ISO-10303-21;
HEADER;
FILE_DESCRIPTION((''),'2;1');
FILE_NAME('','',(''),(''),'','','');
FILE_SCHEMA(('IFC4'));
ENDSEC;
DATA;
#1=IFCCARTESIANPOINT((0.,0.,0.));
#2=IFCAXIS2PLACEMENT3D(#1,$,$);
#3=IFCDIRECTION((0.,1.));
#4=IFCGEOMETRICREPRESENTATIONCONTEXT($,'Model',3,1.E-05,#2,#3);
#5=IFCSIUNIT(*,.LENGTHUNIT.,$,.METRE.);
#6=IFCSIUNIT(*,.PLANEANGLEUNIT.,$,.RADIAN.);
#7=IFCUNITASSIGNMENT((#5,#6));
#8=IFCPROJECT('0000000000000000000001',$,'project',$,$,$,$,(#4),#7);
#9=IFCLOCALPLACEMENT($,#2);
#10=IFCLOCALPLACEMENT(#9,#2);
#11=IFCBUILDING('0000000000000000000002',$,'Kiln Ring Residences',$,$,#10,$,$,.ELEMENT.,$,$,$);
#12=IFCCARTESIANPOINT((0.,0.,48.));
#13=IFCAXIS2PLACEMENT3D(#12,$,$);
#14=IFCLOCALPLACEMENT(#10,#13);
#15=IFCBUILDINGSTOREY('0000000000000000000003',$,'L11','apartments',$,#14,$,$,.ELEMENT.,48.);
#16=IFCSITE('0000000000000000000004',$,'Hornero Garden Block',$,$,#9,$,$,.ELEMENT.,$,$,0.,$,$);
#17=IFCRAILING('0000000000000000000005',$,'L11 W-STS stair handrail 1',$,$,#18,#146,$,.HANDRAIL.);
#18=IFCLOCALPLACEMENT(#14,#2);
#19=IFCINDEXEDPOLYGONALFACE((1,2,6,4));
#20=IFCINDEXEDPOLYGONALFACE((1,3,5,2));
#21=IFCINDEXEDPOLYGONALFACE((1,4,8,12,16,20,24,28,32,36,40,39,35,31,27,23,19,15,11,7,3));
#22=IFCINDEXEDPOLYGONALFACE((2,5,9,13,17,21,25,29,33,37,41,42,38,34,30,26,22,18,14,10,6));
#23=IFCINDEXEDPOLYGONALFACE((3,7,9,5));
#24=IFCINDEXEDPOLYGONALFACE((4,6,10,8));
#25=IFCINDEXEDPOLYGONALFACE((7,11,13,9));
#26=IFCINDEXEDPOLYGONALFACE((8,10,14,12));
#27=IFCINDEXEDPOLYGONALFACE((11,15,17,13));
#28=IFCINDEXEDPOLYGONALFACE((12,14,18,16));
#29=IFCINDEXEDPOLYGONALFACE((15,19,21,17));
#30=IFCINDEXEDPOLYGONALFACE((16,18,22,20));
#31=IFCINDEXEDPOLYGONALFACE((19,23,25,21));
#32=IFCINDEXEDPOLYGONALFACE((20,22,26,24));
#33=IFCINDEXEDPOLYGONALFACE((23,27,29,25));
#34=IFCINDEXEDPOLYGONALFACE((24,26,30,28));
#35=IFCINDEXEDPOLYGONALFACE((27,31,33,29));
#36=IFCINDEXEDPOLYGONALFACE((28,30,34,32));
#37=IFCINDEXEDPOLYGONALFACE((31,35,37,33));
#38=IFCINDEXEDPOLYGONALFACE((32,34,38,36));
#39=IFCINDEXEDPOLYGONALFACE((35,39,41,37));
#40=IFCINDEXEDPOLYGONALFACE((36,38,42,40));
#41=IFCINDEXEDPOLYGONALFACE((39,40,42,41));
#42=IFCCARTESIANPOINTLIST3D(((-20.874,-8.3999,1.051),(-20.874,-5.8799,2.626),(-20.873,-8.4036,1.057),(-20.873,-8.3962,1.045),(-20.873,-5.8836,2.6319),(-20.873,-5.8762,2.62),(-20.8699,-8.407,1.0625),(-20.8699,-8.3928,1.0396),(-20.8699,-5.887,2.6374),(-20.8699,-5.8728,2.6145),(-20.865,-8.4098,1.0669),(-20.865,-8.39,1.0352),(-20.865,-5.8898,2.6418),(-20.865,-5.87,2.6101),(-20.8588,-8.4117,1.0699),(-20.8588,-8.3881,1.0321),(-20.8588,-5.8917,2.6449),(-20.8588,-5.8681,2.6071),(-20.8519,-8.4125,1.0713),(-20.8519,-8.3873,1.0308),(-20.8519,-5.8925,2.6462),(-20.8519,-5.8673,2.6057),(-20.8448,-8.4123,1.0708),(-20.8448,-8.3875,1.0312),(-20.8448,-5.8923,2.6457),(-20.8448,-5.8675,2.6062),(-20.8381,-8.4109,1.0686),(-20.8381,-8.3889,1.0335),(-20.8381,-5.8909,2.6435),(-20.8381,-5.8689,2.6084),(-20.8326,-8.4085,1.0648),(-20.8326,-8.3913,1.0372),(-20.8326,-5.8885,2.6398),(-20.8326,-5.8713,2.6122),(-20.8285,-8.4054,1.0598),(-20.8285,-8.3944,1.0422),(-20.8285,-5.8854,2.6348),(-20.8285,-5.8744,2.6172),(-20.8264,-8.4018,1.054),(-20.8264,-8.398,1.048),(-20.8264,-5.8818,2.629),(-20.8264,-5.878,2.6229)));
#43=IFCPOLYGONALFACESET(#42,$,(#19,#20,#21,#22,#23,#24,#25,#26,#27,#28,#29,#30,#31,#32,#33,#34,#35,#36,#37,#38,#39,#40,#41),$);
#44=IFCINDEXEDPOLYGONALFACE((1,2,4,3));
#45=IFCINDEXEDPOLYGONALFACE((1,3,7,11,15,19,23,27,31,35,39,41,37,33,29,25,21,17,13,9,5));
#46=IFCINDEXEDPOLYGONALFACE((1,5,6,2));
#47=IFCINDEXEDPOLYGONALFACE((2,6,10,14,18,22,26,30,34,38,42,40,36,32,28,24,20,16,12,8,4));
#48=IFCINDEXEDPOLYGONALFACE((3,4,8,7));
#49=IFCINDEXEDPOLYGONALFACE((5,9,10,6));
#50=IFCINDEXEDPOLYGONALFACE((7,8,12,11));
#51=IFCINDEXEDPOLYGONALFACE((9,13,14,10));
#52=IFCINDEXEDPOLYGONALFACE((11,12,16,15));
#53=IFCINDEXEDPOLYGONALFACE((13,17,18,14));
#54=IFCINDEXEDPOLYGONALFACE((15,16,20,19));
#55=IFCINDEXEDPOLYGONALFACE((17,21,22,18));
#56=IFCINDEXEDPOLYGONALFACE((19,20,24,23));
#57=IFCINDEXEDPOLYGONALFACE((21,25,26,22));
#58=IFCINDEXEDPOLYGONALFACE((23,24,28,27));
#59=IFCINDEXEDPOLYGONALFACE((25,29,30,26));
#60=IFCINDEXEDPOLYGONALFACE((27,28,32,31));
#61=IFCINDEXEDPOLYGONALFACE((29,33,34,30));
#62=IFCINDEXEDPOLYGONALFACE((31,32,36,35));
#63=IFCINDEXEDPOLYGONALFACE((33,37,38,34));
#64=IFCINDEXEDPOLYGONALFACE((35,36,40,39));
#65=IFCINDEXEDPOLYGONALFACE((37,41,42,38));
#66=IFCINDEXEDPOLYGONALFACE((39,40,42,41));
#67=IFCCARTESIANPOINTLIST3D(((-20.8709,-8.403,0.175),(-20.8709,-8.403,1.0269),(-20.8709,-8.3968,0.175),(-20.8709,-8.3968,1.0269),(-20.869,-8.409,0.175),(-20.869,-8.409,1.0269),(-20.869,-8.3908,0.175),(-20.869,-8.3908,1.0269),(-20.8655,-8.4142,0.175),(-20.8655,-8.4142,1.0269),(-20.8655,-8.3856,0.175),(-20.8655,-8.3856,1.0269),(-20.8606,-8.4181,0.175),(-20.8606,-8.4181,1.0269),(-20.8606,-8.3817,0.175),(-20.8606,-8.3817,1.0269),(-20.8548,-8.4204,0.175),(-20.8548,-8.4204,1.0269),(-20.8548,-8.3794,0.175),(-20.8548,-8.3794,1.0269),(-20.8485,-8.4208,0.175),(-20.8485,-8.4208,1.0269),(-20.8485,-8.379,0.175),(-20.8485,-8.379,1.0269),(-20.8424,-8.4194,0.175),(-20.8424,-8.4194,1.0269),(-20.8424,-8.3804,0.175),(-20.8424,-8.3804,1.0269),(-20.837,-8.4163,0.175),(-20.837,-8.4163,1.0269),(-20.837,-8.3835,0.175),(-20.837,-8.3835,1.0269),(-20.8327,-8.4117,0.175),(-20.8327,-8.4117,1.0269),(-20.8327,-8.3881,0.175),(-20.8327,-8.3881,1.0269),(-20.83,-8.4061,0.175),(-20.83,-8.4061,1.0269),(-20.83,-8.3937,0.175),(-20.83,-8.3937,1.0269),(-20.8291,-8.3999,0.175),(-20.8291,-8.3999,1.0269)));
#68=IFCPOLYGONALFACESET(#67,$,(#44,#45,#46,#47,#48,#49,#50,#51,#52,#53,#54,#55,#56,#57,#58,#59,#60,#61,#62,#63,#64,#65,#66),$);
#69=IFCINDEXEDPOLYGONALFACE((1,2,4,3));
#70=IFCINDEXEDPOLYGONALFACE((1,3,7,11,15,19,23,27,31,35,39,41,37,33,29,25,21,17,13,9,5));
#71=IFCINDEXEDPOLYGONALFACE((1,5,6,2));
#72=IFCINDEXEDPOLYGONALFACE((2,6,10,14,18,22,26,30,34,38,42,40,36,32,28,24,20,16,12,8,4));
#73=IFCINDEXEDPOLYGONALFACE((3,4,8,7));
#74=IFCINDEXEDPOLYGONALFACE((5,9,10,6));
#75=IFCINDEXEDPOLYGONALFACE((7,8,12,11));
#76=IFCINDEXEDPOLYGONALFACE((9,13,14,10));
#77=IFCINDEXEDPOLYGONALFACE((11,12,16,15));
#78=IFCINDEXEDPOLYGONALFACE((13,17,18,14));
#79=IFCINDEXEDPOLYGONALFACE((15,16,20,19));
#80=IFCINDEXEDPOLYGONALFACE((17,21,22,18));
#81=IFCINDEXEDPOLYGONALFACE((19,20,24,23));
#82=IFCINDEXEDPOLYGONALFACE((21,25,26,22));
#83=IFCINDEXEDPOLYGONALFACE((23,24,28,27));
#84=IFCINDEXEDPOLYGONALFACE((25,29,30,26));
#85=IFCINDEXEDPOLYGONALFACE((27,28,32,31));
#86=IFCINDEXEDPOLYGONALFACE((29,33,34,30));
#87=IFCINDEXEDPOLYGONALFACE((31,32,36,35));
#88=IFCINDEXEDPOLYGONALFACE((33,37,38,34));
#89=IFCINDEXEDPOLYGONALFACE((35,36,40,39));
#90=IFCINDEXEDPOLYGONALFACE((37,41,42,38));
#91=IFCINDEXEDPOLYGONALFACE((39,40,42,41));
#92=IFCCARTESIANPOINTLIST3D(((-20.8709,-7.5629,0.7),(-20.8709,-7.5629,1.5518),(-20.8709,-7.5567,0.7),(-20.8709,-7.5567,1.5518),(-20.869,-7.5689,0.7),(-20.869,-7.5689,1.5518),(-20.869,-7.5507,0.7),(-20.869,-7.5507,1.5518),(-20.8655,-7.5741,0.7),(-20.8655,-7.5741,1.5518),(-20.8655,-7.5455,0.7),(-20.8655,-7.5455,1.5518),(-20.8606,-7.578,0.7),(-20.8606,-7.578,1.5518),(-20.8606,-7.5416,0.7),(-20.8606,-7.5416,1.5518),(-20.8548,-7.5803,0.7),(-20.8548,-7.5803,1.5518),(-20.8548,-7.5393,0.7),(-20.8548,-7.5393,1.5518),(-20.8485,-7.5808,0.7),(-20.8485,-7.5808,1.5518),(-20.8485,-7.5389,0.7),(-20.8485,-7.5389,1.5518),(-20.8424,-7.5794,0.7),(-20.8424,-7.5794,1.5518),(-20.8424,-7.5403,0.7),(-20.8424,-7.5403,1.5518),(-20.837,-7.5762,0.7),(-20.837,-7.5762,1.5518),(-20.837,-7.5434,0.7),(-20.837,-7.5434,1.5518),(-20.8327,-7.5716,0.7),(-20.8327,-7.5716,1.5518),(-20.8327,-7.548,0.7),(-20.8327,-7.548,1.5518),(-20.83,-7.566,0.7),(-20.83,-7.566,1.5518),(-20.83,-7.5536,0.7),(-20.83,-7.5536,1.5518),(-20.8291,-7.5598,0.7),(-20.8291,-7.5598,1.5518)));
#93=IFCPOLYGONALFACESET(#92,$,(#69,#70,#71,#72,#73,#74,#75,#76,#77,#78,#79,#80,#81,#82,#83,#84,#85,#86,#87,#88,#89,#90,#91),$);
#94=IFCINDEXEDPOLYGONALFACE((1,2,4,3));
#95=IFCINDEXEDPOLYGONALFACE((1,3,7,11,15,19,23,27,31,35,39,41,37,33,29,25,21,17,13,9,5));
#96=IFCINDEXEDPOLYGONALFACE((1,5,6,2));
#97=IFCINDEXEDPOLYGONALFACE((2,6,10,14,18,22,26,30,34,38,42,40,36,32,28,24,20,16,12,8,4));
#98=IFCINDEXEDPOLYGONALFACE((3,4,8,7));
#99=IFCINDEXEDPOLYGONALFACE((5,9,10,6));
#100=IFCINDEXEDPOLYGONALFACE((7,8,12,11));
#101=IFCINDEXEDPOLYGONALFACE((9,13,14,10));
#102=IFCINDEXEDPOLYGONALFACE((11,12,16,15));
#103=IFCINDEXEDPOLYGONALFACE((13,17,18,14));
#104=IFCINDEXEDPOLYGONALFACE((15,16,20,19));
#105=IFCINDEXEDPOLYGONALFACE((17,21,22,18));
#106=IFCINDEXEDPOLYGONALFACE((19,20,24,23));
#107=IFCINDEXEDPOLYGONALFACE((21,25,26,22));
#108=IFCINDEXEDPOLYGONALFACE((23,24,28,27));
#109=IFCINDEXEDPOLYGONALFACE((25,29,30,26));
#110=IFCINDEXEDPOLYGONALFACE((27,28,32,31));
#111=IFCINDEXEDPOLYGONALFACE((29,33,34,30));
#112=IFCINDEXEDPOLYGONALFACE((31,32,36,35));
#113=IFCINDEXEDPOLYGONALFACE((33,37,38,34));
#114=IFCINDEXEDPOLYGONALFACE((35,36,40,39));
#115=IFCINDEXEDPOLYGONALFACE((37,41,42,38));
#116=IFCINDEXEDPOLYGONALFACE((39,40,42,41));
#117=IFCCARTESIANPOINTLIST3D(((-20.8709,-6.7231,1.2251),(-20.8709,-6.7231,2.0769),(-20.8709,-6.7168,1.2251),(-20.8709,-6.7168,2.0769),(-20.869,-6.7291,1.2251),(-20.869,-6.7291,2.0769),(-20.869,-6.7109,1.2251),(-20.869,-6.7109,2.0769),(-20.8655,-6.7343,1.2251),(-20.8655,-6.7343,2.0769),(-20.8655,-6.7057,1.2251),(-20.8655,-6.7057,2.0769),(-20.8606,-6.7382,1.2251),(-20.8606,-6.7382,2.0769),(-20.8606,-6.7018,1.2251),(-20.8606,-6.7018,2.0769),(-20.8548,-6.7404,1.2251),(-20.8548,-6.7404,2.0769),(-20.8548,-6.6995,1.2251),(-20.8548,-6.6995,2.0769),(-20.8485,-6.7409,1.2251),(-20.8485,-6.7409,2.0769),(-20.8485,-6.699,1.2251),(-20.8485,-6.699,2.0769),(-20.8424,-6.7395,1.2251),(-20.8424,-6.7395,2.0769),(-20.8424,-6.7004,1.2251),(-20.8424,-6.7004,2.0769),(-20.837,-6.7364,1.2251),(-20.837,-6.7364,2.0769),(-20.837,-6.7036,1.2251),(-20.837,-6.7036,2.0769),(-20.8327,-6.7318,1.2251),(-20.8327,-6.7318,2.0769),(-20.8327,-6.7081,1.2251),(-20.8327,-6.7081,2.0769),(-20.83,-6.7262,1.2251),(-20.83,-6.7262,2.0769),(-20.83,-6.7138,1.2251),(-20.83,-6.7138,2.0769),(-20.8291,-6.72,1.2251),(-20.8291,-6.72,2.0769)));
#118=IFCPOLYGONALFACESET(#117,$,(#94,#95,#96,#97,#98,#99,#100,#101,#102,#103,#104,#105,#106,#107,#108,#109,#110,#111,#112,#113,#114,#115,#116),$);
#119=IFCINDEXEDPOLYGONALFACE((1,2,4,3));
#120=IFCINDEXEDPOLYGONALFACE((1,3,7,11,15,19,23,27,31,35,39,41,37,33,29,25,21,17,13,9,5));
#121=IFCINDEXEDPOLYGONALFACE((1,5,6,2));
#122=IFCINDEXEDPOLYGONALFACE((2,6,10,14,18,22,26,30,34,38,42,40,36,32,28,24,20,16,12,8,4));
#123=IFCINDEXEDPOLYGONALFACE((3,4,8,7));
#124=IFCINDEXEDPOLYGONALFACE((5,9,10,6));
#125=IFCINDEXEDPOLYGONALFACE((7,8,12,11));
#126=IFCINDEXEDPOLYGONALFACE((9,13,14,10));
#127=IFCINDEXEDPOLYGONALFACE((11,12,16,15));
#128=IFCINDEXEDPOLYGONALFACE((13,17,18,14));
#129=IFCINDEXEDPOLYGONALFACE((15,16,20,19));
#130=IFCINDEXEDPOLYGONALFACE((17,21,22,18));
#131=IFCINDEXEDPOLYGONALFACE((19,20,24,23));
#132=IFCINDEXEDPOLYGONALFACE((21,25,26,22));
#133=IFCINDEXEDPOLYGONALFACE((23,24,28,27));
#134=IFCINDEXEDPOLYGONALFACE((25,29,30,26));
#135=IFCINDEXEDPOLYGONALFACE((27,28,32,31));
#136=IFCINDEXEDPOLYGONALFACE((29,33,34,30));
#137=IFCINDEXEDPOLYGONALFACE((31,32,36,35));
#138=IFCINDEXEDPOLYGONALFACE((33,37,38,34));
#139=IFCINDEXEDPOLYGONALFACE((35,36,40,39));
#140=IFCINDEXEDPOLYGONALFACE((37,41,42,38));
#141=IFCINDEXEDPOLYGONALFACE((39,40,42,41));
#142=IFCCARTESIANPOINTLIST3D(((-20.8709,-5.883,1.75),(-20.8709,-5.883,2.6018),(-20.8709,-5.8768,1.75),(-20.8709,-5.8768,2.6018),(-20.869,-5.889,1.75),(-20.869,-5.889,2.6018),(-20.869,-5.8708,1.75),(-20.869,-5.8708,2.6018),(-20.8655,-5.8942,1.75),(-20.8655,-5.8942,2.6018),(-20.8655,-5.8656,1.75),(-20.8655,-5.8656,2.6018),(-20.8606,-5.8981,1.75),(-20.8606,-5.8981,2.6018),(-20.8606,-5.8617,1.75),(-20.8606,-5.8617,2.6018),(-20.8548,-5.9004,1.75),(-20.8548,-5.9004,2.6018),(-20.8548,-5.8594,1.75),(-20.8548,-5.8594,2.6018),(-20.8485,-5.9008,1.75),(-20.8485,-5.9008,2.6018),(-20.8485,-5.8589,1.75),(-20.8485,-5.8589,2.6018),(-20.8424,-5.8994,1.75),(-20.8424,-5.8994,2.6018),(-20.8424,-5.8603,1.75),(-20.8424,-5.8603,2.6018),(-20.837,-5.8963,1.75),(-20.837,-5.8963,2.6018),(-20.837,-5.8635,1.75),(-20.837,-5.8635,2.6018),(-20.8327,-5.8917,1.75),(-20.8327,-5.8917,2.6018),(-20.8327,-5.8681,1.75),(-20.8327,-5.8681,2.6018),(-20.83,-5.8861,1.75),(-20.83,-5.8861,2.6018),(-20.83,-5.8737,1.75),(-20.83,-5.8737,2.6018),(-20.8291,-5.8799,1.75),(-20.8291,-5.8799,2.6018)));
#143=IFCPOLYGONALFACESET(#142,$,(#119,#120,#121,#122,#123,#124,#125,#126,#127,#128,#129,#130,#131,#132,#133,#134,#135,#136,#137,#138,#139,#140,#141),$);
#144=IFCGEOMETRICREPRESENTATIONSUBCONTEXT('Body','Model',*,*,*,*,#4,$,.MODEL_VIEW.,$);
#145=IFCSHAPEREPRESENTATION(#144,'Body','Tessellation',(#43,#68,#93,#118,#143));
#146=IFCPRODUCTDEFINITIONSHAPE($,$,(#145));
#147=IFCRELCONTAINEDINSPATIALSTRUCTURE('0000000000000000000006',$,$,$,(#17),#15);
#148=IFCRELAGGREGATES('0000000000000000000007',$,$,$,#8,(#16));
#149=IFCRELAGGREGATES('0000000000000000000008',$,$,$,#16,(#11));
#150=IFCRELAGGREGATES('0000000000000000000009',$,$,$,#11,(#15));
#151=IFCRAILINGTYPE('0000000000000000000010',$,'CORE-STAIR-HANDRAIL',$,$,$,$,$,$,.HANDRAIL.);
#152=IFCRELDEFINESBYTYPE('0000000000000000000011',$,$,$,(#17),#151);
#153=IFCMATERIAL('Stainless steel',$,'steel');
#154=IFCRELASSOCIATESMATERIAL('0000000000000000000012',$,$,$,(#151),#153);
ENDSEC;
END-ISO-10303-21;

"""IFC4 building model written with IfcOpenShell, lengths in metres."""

from ifc_helpers import new_model, si_unit, direction, frame, origin, origin_2d, place, context, subcontext, project, spatial, circle, extrude, material, type_object, element, save


model = new_model("IFC4")

# Units and contexts
model_context = context("Model", 3, precision=1e-05, world=origin(), true_north=direction((0.0, 1.0)))
body_context = subcontext(model_context, "Body", "Model", "MODEL_VIEW")
ifc_project = project(units=[si_unit("LENGTHUNIT", "METRE"), si_unit("PLANEANGLEUNIT", "RADIAN")], contexts=[model_context])

# Site, building, storey
site_placement = place(None, origin())
site = spatial("IfcSite", under=ifc_project, at=site_placement, Name="Hornero Garden Block", CompositionType="ELEMENT", RefElevation=0.0)
building_placement = place(site_placement, origin())
building = spatial("IfcBuilding", under=site, at=building_placement, Name="Kiln Ring Residences", CompositionType="ELEMENT")
storey_placement = place(building_placement, frame((0.0, 0.0, 48.0)))
storey = spatial("IfcBuildingStorey", under=building, at=storey_placement, Name="L11", Description="apartments", CompositionType="ELEMENT", Elevation=48.0)

# Railing
ifc_material_1 = material(Name="Stainless steel", Category="steel")
railing_type_1 = type_object("IfcRailingType", Name="CORE-STAIR-HANDRAIL", PredefinedType="HANDRAIL", material=ifc_material_1)
railing_1_placement = place(storey_placement, frame((-20.8501, -8.3999, 0.175)))
element("IfcRailing", 1, at=railing_1_placement, inside=storey, type_object=railing_type_1, Name="L11 W-STS stair handrail 1", PredefinedType="HANDRAIL", context=body_context, shape_type="SweptSolid", body=[
    extrude(circle(Radius=0.0239, at=origin_2d()), frame((0.0, 0.0, 0.876), z_axis=(0.0, 0.848008, 0.529984), x_axis=(-1.0, 0.0, 0.0)), (0.0, 0.0, 1.0), 2.9717),
    extrude(circle(Radius=0.021, at=origin_2d()), origin(), (0.0, 0.0, 1.0), 0.8518),
    extrude(circle(Radius=0.021, at=origin_2d()), frame((0.0, 0.8401, 0.5249)), (0.0, 0.0, 1.0), 0.8518),
    extrude(circle(Radius=0.021, at=origin_2d()), frame((0.0, 1.6799, 1.05)), (0.0, 0.0, 1.0), 0.8518),
    extrude(circle(Radius=0.021, at=origin_2d()), frame((0.0, 2.52, 1.575)), (0.0, 0.0, 1.0), 0.8518),
])

save(model, "model.ifc")
